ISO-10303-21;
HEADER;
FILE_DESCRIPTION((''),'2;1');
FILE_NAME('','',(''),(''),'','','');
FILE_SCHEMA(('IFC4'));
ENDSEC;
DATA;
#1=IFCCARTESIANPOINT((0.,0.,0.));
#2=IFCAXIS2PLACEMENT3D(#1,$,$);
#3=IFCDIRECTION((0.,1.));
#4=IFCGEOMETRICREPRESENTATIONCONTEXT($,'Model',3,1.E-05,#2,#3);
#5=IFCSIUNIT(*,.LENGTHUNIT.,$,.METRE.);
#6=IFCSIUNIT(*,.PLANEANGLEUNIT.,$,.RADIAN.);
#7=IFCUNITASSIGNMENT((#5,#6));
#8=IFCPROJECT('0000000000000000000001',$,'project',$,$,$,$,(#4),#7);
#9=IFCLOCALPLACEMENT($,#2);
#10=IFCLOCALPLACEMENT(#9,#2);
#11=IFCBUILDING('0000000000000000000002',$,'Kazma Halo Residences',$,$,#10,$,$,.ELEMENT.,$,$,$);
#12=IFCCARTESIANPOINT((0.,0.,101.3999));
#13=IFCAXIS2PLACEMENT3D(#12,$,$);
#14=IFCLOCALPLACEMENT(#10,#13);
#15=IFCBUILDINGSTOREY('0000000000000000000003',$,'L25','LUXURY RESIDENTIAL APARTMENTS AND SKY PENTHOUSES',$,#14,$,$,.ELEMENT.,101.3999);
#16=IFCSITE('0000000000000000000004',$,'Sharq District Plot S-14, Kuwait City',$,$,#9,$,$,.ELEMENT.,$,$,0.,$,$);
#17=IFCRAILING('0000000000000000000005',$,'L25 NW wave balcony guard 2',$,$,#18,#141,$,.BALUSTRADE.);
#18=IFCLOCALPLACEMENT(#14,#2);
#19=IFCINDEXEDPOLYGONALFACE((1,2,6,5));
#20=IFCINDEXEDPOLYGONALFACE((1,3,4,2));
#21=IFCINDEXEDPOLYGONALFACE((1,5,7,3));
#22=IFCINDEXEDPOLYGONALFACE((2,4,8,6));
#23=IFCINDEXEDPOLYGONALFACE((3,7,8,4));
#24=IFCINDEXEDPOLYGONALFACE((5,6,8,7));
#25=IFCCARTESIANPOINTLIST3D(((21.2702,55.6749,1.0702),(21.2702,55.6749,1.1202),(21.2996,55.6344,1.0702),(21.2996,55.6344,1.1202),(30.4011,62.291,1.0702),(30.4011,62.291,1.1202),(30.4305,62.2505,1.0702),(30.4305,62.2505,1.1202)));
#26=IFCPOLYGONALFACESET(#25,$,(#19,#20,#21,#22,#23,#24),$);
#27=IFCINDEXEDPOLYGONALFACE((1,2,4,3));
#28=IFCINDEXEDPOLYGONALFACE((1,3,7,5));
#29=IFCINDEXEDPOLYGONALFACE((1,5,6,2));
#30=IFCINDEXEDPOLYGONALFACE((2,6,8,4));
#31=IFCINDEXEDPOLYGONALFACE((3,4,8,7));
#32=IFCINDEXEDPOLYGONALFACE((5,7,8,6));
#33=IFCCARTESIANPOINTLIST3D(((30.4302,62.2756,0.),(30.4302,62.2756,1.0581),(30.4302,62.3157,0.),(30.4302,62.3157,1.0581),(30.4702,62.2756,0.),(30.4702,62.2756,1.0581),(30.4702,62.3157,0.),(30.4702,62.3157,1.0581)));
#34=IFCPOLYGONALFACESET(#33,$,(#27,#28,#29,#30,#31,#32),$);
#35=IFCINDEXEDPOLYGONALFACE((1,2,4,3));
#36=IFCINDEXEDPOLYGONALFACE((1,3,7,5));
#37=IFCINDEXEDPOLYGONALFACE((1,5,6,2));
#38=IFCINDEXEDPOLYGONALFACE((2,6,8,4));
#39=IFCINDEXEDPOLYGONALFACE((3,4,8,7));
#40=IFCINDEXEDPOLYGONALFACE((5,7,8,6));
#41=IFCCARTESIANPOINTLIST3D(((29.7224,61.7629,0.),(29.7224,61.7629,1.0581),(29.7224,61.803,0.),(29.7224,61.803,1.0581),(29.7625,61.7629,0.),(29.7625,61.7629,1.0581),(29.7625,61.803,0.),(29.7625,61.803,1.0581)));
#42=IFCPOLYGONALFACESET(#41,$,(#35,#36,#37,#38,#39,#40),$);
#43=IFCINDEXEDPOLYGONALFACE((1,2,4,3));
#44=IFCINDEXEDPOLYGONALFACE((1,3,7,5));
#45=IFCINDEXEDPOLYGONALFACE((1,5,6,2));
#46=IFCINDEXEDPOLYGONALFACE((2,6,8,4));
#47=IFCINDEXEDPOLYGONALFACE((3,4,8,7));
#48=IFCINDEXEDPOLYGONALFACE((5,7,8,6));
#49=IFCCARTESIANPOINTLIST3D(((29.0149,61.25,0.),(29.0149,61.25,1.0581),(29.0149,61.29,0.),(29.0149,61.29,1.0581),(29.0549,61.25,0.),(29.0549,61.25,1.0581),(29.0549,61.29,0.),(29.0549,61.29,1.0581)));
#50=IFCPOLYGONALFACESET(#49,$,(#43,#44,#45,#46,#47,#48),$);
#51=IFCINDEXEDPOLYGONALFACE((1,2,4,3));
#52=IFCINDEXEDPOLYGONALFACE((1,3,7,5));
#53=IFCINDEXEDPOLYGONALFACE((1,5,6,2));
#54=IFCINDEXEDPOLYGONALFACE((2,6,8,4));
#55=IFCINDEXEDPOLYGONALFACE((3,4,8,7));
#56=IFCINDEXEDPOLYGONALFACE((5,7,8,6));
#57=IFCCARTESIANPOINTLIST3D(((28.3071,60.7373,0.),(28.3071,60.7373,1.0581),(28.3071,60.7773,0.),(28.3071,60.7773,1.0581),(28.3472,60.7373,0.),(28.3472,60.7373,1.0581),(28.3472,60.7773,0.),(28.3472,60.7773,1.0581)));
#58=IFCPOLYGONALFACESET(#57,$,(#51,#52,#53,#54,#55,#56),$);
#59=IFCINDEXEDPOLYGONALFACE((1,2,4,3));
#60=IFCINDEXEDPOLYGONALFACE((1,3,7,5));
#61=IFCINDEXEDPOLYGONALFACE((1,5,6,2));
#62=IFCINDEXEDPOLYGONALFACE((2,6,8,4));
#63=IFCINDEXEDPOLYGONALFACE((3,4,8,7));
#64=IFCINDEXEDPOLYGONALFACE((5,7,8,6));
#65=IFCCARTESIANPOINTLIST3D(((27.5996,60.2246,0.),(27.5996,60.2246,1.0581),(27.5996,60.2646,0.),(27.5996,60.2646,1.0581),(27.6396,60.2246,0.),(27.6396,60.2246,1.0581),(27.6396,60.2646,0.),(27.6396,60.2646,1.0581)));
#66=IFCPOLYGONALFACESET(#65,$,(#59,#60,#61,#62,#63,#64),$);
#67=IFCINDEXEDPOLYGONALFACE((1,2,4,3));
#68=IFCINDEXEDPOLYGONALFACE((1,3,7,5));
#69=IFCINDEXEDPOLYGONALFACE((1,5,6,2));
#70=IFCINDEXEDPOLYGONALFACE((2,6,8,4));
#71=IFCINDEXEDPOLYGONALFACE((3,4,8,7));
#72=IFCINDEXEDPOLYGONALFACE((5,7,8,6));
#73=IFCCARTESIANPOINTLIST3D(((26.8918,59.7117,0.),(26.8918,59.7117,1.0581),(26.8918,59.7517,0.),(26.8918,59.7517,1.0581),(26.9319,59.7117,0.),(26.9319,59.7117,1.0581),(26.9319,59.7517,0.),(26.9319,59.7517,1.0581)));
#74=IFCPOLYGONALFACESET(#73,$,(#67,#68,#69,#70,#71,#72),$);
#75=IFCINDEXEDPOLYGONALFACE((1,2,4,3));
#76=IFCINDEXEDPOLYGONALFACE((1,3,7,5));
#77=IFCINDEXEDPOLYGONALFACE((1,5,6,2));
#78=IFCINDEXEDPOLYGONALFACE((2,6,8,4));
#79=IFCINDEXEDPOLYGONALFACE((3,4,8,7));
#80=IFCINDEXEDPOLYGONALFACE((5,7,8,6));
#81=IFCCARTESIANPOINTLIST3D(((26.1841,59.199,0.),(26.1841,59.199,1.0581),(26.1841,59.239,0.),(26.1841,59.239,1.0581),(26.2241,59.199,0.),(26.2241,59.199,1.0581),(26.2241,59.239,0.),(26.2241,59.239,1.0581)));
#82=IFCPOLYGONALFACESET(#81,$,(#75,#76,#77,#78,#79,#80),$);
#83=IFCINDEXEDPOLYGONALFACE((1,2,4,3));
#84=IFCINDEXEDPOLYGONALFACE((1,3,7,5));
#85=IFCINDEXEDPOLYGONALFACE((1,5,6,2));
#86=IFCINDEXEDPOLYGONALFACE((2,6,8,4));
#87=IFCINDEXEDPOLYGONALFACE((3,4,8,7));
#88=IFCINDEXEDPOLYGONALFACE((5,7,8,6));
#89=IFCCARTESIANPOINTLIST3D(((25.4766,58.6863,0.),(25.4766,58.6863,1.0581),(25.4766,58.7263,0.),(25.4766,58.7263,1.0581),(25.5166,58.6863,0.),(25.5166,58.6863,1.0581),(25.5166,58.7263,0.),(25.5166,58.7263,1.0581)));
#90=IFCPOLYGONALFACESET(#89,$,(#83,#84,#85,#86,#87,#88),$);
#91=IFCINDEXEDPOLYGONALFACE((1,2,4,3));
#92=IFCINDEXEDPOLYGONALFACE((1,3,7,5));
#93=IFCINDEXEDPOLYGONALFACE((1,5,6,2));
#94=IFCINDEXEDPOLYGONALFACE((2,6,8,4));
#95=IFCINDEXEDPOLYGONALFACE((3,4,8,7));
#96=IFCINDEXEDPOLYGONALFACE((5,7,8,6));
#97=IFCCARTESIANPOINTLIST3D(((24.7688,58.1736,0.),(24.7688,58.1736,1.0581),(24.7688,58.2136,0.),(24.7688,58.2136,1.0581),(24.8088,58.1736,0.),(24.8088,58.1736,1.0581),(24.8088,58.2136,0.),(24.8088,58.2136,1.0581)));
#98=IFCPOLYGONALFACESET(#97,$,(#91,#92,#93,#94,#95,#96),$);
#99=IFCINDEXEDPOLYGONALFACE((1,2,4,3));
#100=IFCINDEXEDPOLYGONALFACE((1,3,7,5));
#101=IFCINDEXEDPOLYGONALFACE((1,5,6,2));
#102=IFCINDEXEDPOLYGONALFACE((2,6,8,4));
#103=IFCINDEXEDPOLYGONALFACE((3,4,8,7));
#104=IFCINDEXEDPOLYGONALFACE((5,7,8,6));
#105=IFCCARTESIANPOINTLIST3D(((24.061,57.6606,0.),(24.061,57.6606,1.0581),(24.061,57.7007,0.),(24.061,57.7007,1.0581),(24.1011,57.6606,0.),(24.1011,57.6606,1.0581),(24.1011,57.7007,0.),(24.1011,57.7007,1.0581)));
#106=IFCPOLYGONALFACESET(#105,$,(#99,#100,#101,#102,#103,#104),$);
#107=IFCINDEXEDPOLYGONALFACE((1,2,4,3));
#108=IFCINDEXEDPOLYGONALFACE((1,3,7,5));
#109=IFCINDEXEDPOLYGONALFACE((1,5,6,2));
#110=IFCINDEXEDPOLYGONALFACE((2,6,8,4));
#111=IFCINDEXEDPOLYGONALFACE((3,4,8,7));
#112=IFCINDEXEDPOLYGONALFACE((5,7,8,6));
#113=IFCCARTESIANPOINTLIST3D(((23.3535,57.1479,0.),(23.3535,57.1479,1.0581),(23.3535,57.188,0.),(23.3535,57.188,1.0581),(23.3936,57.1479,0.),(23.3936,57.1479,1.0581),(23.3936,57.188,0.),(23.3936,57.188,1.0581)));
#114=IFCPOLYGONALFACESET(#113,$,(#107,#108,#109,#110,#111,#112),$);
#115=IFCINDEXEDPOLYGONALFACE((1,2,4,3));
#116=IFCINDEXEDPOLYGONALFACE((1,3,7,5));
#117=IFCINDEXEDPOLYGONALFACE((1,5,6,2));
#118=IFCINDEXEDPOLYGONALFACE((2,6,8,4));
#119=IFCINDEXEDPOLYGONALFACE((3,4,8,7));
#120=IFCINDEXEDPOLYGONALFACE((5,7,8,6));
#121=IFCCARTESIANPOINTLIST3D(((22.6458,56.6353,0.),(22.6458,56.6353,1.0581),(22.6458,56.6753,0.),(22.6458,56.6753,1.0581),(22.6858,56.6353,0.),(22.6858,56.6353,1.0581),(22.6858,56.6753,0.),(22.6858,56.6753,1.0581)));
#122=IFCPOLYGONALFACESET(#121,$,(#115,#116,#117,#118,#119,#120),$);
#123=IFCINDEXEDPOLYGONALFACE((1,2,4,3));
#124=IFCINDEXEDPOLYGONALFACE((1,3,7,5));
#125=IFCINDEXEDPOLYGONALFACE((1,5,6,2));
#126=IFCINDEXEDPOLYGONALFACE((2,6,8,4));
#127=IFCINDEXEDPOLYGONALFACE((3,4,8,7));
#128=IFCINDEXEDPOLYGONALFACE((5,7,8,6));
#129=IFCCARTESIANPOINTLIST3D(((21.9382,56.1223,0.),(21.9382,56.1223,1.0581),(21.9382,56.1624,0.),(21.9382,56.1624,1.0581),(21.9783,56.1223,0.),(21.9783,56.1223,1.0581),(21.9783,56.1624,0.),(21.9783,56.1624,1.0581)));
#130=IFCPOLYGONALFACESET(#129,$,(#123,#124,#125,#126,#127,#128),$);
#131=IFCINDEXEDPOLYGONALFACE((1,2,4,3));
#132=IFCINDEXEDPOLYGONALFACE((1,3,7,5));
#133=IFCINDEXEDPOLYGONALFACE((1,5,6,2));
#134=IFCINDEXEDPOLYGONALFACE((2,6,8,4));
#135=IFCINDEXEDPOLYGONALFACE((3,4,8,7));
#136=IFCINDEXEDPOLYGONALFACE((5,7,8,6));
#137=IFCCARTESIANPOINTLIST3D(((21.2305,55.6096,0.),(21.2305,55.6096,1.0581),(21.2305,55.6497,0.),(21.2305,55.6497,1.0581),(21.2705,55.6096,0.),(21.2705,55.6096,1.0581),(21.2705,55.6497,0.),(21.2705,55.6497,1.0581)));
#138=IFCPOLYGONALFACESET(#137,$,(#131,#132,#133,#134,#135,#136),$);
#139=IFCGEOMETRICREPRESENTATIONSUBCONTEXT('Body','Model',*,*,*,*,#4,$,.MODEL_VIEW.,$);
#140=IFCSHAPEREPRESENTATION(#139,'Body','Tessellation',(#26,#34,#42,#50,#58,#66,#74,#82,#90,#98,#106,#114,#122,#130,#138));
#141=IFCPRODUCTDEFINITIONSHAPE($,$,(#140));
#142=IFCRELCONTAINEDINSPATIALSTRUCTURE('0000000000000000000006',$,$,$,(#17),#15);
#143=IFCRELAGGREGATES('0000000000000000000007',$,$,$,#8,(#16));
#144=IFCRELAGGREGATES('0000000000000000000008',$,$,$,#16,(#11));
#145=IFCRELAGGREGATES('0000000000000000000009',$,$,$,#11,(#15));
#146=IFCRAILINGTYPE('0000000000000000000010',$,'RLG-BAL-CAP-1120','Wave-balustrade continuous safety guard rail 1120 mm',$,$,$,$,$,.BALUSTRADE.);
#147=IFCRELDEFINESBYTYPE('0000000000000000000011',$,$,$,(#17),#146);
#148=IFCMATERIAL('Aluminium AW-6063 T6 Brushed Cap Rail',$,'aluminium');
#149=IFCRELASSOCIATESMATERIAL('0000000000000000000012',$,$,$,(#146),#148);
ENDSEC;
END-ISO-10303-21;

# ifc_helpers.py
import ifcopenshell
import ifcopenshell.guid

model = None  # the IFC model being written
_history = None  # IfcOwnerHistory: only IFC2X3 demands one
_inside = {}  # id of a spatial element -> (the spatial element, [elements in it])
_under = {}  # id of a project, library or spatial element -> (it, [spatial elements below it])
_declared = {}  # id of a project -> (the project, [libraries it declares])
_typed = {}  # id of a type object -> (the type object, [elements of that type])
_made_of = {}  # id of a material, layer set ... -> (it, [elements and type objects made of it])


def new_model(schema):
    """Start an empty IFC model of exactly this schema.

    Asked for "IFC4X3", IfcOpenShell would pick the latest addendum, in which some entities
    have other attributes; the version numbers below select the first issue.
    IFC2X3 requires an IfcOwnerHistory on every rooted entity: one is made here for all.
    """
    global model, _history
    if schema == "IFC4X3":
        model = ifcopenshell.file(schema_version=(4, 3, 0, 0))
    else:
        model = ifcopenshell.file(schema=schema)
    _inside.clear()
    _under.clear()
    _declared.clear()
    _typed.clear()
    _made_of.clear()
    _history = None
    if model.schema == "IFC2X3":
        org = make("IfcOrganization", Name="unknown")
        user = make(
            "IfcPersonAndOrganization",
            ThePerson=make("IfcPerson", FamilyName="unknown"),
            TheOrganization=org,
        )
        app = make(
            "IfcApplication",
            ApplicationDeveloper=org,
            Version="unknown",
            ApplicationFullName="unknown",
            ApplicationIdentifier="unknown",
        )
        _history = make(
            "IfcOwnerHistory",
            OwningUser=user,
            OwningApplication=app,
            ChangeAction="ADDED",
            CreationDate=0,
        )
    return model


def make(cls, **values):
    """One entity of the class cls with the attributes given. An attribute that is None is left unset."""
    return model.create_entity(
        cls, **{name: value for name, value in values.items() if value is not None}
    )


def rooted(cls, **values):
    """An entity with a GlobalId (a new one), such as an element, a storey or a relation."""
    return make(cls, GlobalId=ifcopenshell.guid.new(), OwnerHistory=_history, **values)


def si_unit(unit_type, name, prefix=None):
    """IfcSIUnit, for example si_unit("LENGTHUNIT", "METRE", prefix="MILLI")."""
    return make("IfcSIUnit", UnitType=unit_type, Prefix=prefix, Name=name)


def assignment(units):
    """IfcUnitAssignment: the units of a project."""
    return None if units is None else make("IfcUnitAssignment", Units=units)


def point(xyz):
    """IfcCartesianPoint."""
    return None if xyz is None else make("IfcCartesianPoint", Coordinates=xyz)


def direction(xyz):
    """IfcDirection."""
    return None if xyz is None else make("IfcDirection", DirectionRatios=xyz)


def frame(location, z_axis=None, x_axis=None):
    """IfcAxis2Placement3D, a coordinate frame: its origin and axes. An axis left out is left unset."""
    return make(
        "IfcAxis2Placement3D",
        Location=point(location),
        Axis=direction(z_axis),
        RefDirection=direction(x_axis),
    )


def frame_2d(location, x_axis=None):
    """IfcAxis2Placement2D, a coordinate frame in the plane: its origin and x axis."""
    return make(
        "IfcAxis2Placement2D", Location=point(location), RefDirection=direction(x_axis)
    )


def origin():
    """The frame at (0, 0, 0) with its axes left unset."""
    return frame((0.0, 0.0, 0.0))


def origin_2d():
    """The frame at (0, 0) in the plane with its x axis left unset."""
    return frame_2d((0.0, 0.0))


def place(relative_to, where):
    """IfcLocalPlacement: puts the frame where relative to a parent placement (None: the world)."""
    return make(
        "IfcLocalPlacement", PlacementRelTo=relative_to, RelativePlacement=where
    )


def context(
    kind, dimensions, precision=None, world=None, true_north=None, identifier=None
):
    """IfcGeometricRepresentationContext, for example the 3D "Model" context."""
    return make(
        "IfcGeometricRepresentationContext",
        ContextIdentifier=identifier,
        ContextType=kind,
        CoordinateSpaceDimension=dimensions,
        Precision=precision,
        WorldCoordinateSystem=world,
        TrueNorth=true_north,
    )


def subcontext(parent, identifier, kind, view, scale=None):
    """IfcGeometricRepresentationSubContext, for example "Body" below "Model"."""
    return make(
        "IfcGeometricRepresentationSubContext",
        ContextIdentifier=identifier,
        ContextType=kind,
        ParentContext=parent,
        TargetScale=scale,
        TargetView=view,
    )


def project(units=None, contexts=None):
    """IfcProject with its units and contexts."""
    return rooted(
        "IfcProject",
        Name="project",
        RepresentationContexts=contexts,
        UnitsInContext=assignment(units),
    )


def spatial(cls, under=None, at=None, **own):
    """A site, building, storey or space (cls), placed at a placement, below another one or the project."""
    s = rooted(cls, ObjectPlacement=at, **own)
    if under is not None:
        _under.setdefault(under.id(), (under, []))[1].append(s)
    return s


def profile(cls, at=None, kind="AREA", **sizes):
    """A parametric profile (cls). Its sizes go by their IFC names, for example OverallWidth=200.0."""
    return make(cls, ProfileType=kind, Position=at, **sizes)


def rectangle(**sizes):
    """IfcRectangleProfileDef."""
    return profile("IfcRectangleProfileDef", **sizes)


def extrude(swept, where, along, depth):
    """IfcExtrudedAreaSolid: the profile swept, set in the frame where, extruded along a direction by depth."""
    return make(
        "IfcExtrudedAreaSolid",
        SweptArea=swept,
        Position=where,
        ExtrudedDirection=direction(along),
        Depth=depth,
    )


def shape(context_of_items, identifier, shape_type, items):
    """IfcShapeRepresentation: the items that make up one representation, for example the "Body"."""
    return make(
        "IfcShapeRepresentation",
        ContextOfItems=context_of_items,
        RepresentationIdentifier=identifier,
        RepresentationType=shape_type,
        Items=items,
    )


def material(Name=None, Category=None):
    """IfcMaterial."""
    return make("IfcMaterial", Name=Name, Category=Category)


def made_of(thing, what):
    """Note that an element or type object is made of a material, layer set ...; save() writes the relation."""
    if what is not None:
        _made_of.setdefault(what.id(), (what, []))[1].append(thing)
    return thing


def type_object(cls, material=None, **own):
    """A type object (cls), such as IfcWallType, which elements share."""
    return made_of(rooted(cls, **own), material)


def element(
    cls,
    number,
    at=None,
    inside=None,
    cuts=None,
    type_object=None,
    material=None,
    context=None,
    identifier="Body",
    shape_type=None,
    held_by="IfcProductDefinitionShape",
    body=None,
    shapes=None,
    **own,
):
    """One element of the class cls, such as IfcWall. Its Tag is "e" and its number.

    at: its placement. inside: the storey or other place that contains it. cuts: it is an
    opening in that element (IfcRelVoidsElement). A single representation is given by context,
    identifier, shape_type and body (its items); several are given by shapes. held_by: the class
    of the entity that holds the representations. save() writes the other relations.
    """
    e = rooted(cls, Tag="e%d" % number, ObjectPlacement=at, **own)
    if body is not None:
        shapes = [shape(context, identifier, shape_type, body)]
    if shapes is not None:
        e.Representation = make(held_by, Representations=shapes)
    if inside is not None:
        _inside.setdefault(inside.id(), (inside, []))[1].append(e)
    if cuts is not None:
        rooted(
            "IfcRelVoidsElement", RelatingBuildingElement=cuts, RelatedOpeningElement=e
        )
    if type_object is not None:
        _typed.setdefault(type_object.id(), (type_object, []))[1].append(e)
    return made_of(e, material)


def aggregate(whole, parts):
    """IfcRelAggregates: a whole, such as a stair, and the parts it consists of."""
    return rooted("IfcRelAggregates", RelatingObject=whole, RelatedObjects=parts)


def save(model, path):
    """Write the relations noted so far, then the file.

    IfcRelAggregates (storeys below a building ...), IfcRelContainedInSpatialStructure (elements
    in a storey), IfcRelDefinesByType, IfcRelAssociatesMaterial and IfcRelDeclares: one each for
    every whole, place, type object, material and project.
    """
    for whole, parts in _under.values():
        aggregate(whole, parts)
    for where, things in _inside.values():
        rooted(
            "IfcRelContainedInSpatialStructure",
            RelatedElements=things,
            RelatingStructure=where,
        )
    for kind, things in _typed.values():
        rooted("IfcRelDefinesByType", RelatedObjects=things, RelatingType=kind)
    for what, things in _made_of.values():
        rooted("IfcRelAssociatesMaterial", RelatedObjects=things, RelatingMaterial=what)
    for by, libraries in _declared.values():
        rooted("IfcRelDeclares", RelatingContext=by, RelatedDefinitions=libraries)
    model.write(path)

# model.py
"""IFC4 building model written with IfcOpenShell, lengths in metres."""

from ifc_helpers import new_model, si_unit, direction, frame, origin, origin_2d, place, context, subcontext, project, spatial, rectangle, extrude, material, type_object, element, save


model = new_model("IFC4")

# Units and contexts
model_context = context("Model", 3, precision=1e-05, world=origin(), true_north=direction((0.0, 1.0)))
body_context = subcontext(model_context, "Body", "Model", "MODEL_VIEW")
ifc_project = project(units=[si_unit("LENGTHUNIT", "METRE"), si_unit("PLANEANGLEUNIT", "RADIAN")], contexts=[model_context])

# Site, building, storey
site_placement = place(None, origin())
site = spatial("IfcSite", under=ifc_project, at=site_placement, Name="Sharq District Plot S-14, Kuwait City", CompositionType="ELEMENT", RefElevation=0.0)
building_placement = place(site_placement, origin())
building = spatial("IfcBuilding", under=site, at=building_placement, Name="Kazma Halo Residences", CompositionType="ELEMENT")
storey_placement = place(building_placement, frame((0.0, 0.0, 101.3999)))
storey = spatial("IfcBuildingStorey", under=building, at=storey_placement, Name="L25", Description="LUXURY RESIDENTIAL APARTMENTS AND SKY PENTHOUSES", CompositionType="ELEMENT", Elevation=101.3999)

# Railing
ifc_material_1 = material(Name="Aluminium AW-6063 T6 Brushed Cap Rail", Category="aluminium")
railing_type = type_object("IfcRailingType", Name="RLG-BAL-CAP-1120", Description="Wave-balustrade continuous safety guard rail 1120 mm", PredefinedType="BALUSTRADE", material=ifc_material_1)
railing_1_placement = place(storey_placement, frame((30.4502, 62.2957, 0.0)))
element("IfcRailing", 1, at=railing_1_placement, inside=storey, type_object=railing_type, Name="L25 NW wave balcony guard 2", PredefinedType="BALUSTRADE", context=body_context, shape_type="SweptSolid", body=[
    extrude(rectangle(XDim=0.05, YDim=0.05, at=origin_2d()), frame((-0.0344, -0.0249, 1.0952), z_axis=(-0.809768, -0.58675, 0.0), x_axis=(0.58675, -0.809768, 0.0)), (0.0, 0.0, 1.0), 11.2759),
    extrude(rectangle(XDim=0.04, YDim=0.04, at=origin_2d()), origin(), (0.0, 0.0, 1.0), 1.0581),
    extrude(rectangle(XDim=0.04, YDim=0.04, at=origin_2d()), frame((-0.7078, -0.5127, 0.0)), (0.0, 0.0, 1.0), 1.0581),
    extrude(rectangle(XDim=0.04, YDim=0.04, at=origin_2d()), frame((-1.4153, -1.0256, 0.0)), (0.0, 0.0, 1.0), 1.0581),
    extrude(rectangle(XDim=0.04, YDim=0.04, at=origin_2d()), frame((-2.123, -1.5383, 0.0)), (0.0, 0.0, 1.0), 1.0581),
    extrude(rectangle(XDim=0.04, YDim=0.04, at=origin_2d()), frame((-2.8306, -2.051, 0.0)), (0.0, 0.0, 1.0), 1.0581),
    extrude(rectangle(XDim=0.04, YDim=0.04, at=origin_2d()), frame((-3.5383, -2.564, 0.0)), (0.0, 0.0, 1.0), 1.0581),
    extrude(rectangle(XDim=0.04, YDim=0.04, at=origin_2d()), frame((-4.2461, -3.0767, 0.0)), (0.0, 0.0, 1.0), 1.0581),
    extrude(rectangle(XDim=0.04, YDim=0.04, at=origin_2d()), frame((-4.9536, -3.5894, 0.0)), (0.0, 0.0, 1.0), 1.0581),
    extrude(rectangle(XDim=0.04, YDim=0.04, at=origin_2d()), frame((-5.6614, -4.1021, 0.0)), (0.0, 0.0, 1.0), 1.0581),
    extrude(rectangle(XDim=0.04, YDim=0.04, at=origin_2d()), frame((-6.3691, -4.615, 0.0)), (0.0, 0.0, 1.0), 1.0581),
    extrude(rectangle(XDim=0.04, YDim=0.04, at=origin_2d()), frame((-7.0767, -5.1277, 0.0)), (0.0, 0.0, 1.0), 1.0581),
    extrude(rectangle(XDim=0.04, YDim=0.04, at=origin_2d()), frame((-7.7844, -5.6404, 0.0)), (0.0, 0.0, 1.0), 1.0581),
    extrude(rectangle(XDim=0.04, YDim=0.04, at=origin_2d()), frame((-8.4919, -6.1533, 0.0)), (0.0, 0.0, 1.0), 1.0581),
    extrude(rectangle(XDim=0.04, YDim=0.04, at=origin_2d()), frame((-9.1997, -6.666, 0.0)), (0.0, 0.0, 1.0), 1.0581),
])

save(model, "model.ifc")
